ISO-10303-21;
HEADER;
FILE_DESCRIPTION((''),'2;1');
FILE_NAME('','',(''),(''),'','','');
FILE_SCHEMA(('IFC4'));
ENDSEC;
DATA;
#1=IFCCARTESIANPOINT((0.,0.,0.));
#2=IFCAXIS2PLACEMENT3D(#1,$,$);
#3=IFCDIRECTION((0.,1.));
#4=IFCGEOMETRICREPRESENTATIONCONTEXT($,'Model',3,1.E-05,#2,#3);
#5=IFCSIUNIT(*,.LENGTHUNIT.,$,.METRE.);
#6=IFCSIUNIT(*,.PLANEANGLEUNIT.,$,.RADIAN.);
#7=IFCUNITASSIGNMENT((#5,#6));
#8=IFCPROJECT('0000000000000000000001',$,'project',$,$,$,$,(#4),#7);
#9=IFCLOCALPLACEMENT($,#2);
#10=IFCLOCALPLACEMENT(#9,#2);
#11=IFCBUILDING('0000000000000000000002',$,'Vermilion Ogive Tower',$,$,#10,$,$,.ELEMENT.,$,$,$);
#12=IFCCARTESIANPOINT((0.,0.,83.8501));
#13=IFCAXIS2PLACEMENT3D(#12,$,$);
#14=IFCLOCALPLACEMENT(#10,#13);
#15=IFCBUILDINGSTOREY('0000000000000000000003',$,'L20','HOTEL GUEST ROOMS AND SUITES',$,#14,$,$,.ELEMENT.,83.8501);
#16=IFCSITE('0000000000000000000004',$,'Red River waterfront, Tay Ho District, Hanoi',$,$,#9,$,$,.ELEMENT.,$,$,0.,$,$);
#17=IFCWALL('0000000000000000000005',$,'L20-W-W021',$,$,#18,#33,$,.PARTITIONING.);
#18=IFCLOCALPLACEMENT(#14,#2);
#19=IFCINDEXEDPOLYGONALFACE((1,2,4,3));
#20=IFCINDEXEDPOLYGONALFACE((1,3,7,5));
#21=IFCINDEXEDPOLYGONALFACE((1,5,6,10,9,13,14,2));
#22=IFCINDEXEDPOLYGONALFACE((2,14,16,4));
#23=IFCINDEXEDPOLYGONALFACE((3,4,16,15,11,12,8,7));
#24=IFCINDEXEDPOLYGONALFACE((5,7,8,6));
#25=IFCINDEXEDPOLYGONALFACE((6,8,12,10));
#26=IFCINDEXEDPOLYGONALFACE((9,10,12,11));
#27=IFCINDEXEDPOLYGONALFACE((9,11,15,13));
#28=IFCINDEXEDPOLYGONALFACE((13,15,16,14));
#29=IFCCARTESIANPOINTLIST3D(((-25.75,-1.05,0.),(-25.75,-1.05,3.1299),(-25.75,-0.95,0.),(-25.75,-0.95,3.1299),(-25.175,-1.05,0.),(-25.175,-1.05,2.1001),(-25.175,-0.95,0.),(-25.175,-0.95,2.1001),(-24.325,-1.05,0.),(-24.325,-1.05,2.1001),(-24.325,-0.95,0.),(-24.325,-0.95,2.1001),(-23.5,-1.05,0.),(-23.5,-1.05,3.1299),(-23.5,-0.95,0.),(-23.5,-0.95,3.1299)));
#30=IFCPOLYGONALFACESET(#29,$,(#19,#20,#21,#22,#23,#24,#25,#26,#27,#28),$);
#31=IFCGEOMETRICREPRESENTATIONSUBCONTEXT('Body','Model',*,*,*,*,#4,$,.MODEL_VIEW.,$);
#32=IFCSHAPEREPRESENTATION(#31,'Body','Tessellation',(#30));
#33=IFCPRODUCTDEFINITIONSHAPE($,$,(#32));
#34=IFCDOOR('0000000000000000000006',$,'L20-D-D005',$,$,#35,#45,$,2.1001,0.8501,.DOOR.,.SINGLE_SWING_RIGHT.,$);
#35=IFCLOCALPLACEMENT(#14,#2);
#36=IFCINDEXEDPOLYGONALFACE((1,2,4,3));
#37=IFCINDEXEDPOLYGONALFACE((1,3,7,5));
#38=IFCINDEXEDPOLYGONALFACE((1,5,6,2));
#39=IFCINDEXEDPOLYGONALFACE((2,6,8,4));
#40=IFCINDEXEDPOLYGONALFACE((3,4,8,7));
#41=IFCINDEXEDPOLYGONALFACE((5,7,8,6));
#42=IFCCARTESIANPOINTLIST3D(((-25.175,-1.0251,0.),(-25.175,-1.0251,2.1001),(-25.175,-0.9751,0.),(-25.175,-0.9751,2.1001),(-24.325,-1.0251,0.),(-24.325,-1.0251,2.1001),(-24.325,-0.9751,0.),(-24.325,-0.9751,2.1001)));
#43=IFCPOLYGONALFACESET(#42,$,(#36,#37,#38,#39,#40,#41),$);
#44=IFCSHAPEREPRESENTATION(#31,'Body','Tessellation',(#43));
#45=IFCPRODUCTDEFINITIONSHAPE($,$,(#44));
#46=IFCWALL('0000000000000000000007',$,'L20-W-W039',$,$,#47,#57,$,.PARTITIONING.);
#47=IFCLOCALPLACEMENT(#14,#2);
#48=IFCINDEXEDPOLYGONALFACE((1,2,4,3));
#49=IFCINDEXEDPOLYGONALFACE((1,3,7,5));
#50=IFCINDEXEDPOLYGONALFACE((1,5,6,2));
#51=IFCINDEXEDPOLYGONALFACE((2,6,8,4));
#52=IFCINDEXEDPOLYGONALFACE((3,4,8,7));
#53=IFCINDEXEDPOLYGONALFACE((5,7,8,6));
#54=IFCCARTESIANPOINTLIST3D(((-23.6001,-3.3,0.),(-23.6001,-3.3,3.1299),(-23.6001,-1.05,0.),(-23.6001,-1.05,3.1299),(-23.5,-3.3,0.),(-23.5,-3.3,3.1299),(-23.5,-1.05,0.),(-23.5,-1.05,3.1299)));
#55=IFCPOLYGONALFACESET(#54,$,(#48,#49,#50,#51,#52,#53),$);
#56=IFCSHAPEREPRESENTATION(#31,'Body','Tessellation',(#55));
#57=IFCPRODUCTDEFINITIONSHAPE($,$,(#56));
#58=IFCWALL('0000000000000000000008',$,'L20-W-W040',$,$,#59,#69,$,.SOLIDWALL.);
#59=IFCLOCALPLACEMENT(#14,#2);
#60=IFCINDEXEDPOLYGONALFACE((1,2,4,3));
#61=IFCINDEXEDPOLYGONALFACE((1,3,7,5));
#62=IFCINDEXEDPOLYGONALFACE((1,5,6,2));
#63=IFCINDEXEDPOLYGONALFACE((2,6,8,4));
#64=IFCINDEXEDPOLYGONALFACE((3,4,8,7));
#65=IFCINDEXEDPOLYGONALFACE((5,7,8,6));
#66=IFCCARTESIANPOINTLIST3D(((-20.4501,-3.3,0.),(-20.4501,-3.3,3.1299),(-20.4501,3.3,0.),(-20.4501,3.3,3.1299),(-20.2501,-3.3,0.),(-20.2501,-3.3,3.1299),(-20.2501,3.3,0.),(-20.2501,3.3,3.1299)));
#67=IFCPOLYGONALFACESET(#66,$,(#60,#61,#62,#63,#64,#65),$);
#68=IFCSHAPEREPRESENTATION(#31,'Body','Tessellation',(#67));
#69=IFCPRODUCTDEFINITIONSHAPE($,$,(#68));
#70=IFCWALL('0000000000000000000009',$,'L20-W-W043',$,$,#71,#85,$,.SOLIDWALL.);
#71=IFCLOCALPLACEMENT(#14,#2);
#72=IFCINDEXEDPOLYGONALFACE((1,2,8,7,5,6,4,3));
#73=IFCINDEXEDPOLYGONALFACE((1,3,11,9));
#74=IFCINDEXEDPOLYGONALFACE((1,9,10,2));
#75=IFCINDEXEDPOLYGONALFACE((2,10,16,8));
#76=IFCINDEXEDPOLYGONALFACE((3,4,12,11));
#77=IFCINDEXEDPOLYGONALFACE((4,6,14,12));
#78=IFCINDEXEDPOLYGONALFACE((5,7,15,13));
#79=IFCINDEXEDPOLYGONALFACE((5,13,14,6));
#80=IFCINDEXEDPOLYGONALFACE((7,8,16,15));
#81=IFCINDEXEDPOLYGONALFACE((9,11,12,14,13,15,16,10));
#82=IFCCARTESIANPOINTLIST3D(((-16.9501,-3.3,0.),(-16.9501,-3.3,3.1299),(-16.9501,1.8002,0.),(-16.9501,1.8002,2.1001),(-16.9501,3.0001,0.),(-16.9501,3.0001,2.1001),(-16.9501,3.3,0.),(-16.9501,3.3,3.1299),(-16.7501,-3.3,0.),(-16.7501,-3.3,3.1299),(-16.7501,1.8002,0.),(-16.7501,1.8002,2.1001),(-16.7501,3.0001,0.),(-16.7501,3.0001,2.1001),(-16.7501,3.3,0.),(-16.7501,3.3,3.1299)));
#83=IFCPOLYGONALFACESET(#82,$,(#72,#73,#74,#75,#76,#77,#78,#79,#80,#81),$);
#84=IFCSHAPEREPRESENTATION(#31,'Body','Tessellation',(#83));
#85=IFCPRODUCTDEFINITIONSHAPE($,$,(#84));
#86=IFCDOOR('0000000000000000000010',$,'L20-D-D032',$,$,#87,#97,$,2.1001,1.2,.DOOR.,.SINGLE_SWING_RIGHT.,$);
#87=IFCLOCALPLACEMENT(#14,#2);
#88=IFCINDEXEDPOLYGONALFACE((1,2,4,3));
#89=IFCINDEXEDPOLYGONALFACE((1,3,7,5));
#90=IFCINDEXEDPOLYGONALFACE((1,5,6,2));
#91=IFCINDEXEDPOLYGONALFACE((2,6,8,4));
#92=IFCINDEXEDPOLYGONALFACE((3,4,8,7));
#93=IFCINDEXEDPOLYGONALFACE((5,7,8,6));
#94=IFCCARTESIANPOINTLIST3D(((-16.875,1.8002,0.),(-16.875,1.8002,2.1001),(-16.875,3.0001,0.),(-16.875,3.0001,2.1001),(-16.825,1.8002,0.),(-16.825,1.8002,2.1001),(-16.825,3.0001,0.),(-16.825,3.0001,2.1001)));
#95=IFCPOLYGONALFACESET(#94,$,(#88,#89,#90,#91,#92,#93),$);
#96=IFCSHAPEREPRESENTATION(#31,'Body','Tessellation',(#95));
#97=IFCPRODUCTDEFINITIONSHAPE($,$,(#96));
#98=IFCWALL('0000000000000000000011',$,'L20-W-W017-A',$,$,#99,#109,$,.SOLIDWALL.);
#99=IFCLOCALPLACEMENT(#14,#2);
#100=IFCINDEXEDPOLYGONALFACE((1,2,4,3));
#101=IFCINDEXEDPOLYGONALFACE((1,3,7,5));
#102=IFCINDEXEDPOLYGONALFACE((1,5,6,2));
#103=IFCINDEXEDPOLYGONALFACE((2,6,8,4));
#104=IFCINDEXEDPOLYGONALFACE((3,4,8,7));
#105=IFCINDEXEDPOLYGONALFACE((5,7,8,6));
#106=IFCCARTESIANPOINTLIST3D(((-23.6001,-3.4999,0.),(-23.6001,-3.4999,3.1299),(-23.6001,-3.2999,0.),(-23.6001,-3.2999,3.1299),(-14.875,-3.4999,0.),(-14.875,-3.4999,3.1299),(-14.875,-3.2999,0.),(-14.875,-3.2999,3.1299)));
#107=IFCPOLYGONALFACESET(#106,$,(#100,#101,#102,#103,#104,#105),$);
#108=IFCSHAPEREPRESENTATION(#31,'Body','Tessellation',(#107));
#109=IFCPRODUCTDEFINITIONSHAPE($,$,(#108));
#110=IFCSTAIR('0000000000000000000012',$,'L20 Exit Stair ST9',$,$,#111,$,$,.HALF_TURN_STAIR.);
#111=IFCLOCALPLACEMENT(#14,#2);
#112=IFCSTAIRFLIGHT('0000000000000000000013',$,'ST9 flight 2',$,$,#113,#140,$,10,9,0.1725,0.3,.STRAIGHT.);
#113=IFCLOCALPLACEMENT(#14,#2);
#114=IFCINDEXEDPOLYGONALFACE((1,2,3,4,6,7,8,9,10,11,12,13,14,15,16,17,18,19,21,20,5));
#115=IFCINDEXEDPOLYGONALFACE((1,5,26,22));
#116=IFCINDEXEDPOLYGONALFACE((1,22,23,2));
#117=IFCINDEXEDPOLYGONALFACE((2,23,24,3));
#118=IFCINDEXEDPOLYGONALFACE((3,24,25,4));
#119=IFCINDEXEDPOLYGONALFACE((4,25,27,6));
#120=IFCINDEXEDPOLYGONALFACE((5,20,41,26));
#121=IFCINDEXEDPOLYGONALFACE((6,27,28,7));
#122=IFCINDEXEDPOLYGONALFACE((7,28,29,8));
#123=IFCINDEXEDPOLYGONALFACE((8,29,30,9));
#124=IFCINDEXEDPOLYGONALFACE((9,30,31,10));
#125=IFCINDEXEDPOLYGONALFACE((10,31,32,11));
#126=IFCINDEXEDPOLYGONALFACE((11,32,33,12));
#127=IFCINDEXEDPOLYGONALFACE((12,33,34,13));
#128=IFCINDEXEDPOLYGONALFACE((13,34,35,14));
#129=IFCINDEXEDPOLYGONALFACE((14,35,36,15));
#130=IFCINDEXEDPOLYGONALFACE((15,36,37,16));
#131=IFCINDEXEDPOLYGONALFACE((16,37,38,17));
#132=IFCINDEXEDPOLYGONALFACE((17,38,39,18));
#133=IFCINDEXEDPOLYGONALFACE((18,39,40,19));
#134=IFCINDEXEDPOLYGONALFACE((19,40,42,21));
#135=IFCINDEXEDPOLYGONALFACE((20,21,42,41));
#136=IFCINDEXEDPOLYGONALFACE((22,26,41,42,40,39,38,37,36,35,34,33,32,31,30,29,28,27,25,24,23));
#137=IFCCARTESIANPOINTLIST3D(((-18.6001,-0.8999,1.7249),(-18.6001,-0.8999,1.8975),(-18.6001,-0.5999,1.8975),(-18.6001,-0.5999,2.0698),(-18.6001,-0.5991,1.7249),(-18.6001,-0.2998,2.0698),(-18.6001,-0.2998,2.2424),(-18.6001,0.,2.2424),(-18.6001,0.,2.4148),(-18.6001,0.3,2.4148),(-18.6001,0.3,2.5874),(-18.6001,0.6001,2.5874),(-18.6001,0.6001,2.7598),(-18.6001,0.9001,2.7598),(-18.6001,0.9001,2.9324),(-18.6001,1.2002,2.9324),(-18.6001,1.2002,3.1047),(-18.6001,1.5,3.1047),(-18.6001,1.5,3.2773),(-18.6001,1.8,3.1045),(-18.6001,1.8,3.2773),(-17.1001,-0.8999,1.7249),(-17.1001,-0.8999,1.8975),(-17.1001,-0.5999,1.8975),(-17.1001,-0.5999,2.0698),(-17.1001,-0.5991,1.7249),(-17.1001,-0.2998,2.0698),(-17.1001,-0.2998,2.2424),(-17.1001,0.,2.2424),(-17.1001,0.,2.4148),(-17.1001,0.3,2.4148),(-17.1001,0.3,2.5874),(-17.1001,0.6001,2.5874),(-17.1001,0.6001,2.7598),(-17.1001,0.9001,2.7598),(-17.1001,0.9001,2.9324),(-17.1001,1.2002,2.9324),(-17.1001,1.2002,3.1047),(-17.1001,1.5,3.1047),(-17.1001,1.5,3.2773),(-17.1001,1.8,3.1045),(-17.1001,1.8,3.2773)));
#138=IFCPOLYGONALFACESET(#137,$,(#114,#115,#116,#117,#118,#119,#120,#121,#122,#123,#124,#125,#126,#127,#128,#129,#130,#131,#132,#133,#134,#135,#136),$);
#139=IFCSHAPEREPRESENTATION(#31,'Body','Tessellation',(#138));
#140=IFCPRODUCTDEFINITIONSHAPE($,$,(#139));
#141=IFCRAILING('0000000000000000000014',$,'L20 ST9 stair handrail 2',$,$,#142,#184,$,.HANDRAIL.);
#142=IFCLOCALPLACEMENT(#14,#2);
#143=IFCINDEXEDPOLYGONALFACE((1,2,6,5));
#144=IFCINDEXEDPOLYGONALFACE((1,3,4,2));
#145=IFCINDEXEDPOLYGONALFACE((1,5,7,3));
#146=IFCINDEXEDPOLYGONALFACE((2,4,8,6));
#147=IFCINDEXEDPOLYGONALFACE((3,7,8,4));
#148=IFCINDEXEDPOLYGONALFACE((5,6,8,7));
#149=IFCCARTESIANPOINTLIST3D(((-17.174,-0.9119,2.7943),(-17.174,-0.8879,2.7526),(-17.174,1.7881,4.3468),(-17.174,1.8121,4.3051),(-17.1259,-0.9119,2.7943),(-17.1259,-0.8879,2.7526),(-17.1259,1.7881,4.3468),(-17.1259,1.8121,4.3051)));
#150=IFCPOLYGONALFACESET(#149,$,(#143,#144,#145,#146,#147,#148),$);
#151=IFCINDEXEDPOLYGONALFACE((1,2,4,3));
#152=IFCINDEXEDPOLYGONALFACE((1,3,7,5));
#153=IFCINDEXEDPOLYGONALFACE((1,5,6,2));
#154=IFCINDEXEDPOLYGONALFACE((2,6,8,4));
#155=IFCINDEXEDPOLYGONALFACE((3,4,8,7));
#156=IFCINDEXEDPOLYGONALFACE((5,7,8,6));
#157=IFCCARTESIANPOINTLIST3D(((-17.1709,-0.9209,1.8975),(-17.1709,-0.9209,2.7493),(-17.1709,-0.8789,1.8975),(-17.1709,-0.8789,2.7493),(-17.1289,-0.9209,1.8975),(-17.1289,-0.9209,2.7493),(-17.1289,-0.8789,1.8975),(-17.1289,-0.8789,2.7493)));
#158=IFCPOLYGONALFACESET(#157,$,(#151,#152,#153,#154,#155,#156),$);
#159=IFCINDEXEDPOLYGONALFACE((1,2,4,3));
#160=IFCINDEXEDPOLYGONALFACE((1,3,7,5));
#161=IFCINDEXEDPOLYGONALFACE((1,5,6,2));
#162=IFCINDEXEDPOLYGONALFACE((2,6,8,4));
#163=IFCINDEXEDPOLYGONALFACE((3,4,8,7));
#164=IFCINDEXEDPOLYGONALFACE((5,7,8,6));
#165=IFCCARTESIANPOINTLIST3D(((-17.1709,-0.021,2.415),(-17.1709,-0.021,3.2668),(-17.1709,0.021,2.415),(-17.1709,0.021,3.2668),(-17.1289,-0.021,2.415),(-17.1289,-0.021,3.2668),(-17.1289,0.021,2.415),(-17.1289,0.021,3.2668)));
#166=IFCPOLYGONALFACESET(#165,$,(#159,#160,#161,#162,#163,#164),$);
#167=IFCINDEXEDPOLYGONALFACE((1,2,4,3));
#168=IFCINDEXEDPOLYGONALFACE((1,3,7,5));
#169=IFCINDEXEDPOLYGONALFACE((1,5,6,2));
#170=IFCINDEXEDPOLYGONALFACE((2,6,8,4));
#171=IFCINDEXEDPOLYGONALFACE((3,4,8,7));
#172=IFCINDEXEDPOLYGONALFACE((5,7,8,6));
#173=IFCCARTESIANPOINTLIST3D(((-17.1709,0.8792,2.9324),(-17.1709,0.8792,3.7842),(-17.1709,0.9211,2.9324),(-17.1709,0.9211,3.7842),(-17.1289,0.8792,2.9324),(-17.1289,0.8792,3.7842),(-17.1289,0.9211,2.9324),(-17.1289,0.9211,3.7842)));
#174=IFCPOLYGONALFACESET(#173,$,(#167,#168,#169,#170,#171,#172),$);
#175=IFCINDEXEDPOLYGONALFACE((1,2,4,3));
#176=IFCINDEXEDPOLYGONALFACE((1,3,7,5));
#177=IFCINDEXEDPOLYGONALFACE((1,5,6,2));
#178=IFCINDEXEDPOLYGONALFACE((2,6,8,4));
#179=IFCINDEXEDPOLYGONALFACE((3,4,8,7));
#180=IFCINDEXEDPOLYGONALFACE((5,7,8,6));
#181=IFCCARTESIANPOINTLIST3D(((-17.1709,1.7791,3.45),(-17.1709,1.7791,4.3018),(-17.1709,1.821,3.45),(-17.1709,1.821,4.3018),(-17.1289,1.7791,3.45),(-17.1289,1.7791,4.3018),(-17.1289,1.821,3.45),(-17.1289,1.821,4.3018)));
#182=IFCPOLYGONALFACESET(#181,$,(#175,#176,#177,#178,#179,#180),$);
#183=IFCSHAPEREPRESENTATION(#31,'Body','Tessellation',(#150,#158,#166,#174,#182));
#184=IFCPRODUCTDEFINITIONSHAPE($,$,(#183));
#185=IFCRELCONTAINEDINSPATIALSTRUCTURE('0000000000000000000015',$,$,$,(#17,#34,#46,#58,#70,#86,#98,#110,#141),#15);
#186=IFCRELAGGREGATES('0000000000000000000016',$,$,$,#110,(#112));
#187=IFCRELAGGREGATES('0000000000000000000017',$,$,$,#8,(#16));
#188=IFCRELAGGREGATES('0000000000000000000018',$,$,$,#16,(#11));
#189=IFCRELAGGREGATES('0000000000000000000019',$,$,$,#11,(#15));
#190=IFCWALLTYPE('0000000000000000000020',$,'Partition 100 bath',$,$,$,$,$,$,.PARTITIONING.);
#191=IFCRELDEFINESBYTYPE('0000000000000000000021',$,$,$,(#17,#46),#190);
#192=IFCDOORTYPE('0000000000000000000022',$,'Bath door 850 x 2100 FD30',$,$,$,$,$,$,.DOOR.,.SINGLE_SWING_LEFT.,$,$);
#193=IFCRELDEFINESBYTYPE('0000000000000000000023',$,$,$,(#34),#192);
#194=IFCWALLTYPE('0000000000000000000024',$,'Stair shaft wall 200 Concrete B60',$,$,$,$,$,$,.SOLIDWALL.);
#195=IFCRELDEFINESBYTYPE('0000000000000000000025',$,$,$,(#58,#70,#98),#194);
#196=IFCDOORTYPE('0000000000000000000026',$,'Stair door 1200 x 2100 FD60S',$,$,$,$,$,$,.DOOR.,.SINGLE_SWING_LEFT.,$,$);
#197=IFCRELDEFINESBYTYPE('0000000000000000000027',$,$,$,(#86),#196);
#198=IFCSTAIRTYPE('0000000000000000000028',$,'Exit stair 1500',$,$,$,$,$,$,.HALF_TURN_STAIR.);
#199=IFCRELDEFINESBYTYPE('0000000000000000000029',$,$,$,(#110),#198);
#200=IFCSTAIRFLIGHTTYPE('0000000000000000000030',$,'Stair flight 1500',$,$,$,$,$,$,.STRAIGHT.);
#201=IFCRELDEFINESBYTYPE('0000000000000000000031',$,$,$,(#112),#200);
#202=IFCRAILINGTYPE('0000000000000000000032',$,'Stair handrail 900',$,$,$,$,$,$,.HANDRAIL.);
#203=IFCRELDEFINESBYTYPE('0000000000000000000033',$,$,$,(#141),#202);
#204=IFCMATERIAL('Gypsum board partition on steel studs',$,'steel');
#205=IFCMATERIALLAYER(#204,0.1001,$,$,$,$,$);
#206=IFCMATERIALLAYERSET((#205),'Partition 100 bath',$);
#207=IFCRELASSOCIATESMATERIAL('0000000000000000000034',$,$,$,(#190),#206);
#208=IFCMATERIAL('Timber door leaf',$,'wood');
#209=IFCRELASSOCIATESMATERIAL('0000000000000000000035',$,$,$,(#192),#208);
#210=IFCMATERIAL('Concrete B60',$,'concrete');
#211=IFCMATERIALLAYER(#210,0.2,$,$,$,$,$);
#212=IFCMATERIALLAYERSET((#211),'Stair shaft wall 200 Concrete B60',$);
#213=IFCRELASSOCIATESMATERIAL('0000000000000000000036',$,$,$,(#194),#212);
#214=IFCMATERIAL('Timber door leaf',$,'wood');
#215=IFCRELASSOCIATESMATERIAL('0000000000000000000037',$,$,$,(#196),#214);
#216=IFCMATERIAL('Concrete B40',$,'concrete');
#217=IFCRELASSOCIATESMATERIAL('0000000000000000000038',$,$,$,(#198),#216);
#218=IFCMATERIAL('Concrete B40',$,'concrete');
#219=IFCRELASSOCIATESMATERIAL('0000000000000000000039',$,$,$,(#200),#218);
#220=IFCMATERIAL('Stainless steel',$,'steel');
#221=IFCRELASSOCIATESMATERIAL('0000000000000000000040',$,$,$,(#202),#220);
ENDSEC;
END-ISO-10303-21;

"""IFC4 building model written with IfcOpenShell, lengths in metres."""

from ifc_helpers import new_model, si_unit, direction, frame, frame_2d, origin, origin_2d, place, context, subcontext, project, spatial, polyline, rectangle, outline, extrude, material, layer, layer_set, type_object, element, fill, aggregate, save


model = new_model("IFC4")

# Units and contexts
model_context = context("Model", 3, precision=1e-05, world=origin(), true_north=direction((0.0, 1.0)))
body_context = subcontext(model_context, "Body", "Model", "MODEL_VIEW")
ifc_project = project(units=[si_unit("LENGTHUNIT", "METRE"), si_unit("PLANEANGLEUNIT", "RADIAN")], contexts=[model_context])

# Site, building, storey
site_placement = place(None, origin())
site = spatial("IfcSite", under=ifc_project, at=site_placement, Name="Red River waterfront, Tay Ho District, Hanoi", CompositionType="ELEMENT", RefElevation=0.0)
building_placement = place(site_placement, origin())
building = spatial("IfcBuilding", under=site, at=building_placement, Name="Vermilion Ogive Tower", CompositionType="ELEMENT")
storey_placement = place(building_placement, frame((0.0, 0.0, 83.8501)))
storey = spatial("IfcBuildingStorey", under=building, at=storey_placement, Name="L20", Description="HOTEL GUEST ROOMS AND SUITES", CompositionType="ELEMENT", Elevation=83.8501)

# Shared definitions
ifc_material_1 = material(Name="Gypsum board partition on steel studs", Category="steel")
ifc_layer_1 = layer(ifc_material_1, 0.1001)
ifc_layer_set_1 = layer_set([ifc_layer_1], Name="Partition 100 bath")
wall_type_1 = type_object("IfcWallType", Name="Partition 100 bath", PredefinedType="PARTITIONING", material=ifc_layer_set_1)

# Wall, opening, door
wall_1_placement = place(storey_placement, frame((-25.75, -1.0, 0.0), z_axis=(0.0, 0.0, 1.0), x_axis=(1.0, 0.0, 0.0)))
wall_1 = element("IfcWall", 1, at=wall_1_placement, inside=storey, type_object=wall_type_1, Name="L20-W-W021", PredefinedType="PARTITIONING", context=body_context, shape_type="SweptSolid", body=[
    extrude(rectangle(XDim=2.25, YDim=0.1001, at=frame_2d((1.125, 0.0))), origin(), (0.0, 0.0, 1.0), 3.1299),
])
opening_1_placement = place(wall_1_placement, frame((0.575, 0.0, 0.0)))
opening_1 = element("IfcOpeningElement", 2, at=opening_1_placement, cuts=wall_1, PredefinedType="OPENING", context=body_context, shape_type="SweptSolid", body=[
    extrude(rectangle(XDim=0.8501, YDim=2.1001, at=frame_2d((0.425, 1.05))), frame((0.0, 0.0601, 0.0), z_axis=(0.0, -1.0, 0.0), x_axis=(1.0, 0.0, 0.0)), (0.0, 0.0, 1.0), 0.1201),
])
ifc_material_2 = material(Name="Timber door leaf", Category="wood")
door_type_1 = type_object("IfcDoorType", Name="Bath door 850 x 2100 FD30", OperationType="SINGLE_SWING_LEFT", PredefinedType="DOOR", material=ifc_material_2)
door_1_placement = place(opening_1_placement, origin())
door_1 = element("IfcDoor", 3, at=door_1_placement, inside=storey, type_object=door_type_1, Name="L20-D-D005", OperationType="SINGLE_SWING_RIGHT", OverallHeight=2.1001, OverallWidth=0.8501, PredefinedType="DOOR", context=body_context, shape_type="SweptSolid", body=[
    extrude(rectangle(XDim=0.8501, YDim=2.1001, at=frame_2d((0.425, 1.05))), frame((0.0, 0.0249, 0.0), z_axis=(0.0, -1.0, 0.0), x_axis=(1.0, 0.0, 0.0)), (0.0, 0.0, 1.0), 0.05),
])
fill(opening_1, door_1)

# Walls
wall_2_placement = place(storey_placement, frame((-23.55, -3.3, 0.0), z_axis=(0.0, 0.0, 1.0), x_axis=(0.0, 1.0, 0.0)))
element("IfcWall", 4, at=wall_2_placement, inside=storey, type_object=wall_type_1, Name="L20-W-W039", PredefinedType="PARTITIONING", context=body_context, shape_type="SweptSolid", body=[
    extrude(rectangle(XDim=2.25, YDim=0.1001, at=frame_2d((1.125, 0.0))), origin(), (0.0, 0.0, 1.0), 3.1299),
])
ifc_material_3 = material(Name="Concrete B60", Category="concrete")
ifc_layer_2 = layer(ifc_material_3, 0.2)
ifc_layer_set_2 = layer_set([ifc_layer_2], Name="Stair shaft wall 200 Concrete B60")
wall_type_2 = type_object("IfcWallType", Name="Stair shaft wall 200 Concrete B60", PredefinedType="SOLIDWALL", material=ifc_layer_set_2)
wall_3_placement = place(storey_placement, frame((-20.3501, -3.3, 0.0), z_axis=(0.0, 0.0, 1.0), x_axis=(0.0, 1.0, 0.0)))
element("IfcWall", 5, at=wall_3_placement, inside=storey, type_object=wall_type_2, Name="L20-W-W040", PredefinedType="SOLIDWALL", context=body_context, shape_type="SweptSolid", body=[
    extrude(rectangle(XDim=6.6001, YDim=0.2, at=frame_2d((3.3, 0.0))), origin(), (0.0, 0.0, 1.0), 3.1299),
])

# Wall, opening, door
wall_4_placement = place(storey_placement, frame((-16.8501, -3.3, 0.0), z_axis=(0.0, 0.0, 1.0), x_axis=(0.0, 1.0, 0.0)))
wall_4 = element("IfcWall", 6, at=wall_4_placement, inside=storey, type_object=wall_type_2, Name="L20-W-W043", PredefinedType="SOLIDWALL", context=body_context, shape_type="SweptSolid", body=[
    extrude(rectangle(XDim=6.6001, YDim=0.2, at=frame_2d((3.3, 0.0))), origin(), (0.0, 0.0, 1.0), 3.1299),
])
opening_2_placement = place(wall_4_placement, frame((5.1001, 0.0, 0.0)))
opening_2 = element("IfcOpeningElement", 7, at=opening_2_placement, cuts=wall_4, PredefinedType="OPENING", context=body_context, shape_type="SweptSolid", body=[
    extrude(rectangle(XDim=1.2, YDim=2.1001, at=frame_2d((0.6001, 1.05))), frame((0.0, 0.1099, 0.0), z_axis=(0.0, -1.0, 0.0), x_axis=(1.0, 0.0, 0.0)), (0.0, 0.0, 1.0), 0.22),
])
ifc_material_4 = material(Name="Timber door leaf", Category="wood")
door_type_2 = type_object("IfcDoorType", Name="Stair door 1200 x 2100 FD60S", OperationType="SINGLE_SWING_LEFT", PredefinedType="DOOR", material=ifc_material_4)
door_2_placement = place(opening_2_placement, origin())
door_2 = element("IfcDoor", 8, at=door_2_placement, inside=storey, type_object=door_type_2, Name="L20-D-D032", OperationType="SINGLE_SWING_RIGHT", OverallHeight=2.1001, OverallWidth=1.2, PredefinedType="DOOR", context=body_context, shape_type="SweptSolid", body=[
    extrude(rectangle(XDim=1.2, YDim=2.1001, at=frame_2d((0.6001, 1.05))), frame((0.0, 0.0249, 0.0), z_axis=(0.0, -1.0, 0.0), x_axis=(1.0, 0.0, 0.0)), (0.0, 0.0, 1.0), 0.05),
])
fill(opening_2, door_2)

# Wall
wall_5_placement = place(storey_placement, frame((-23.6001, -3.3999, 0.0), z_axis=(0.0, 0.0, 1.0), x_axis=(1.0, 0.0, 0.0)))
element("IfcWall", 9, at=wall_5_placement, inside=storey, type_object=wall_type_2, Name="L20-W-W017-A", PredefinedType="SOLIDWALL", context=body_context, shape_type="SweptSolid", body=[
    extrude(rectangle(XDim=8.7251, YDim=0.2, at=frame_2d((4.3625, 0.0))), origin(), (0.0, 0.0, 1.0), 3.1299),
])

# Stair, stair flight
ifc_material_5 = material(Name="Concrete B40", Category="concrete")
stair_type = type_object("IfcStairType", Name="Exit stair 1500", PredefinedType="HALF_TURN_STAIR", material=ifc_material_5)
stair_placement = place(storey_placement, origin())
stair = element("IfcStair", 10, at=stair_placement, inside=storey, type_object=stair_type, Name="L20 Exit Stair ST9", PredefinedType="HALF_TURN_STAIR")
ifc_material_6 = material(Name="Concrete B40", Category="concrete")
stair_flight_type = type_object("IfcStairFlightType", Name="Stair flight 1500", PredefinedType="STRAIGHT", material=ifc_material_6)
stair_flight_placement = place(storey_placement, frame((-17.8501, -0.8999, 1.7249), z_axis=(0.0, 0.0, 1.0), x_axis=(0.0, 1.0, 0.0)))
stair_flight = element("IfcStairFlight", 11, at=stair_flight_placement, type_object=stair_flight_type, Name="ST9 flight 2", NumberOfRisers=10, NumberOfTreads=9, PredefinedType="STRAIGHT", RiserHeight=0.1725, TreadLength=0.3, context=body_context, shape_type="SweptSolid", body=[
    extrude(outline(polyline([(0.0, 0.0), (0.0, 0.1726), (0.3, 0.1726), (0.3, 0.345), (0.6001, 0.345), (0.6001, 0.5176), (0.8999, 0.5176), (0.8999, 0.6899), (1.2, 0.6899), (1.2, 0.8625), (1.5, 0.8625), (1.5, 1.0349), (1.8, 1.0349), (1.8, 1.2075), (2.1001, 1.2075), (2.1001, 1.3799), (2.3999, 1.3799), (2.3999, 1.5525), (2.7, 1.5525), (2.7, 1.7251), (2.7, 1.3796), (0.3008, 0.0), (0.0, 0.0)])), frame((0.0, 0.75, 0.0), z_axis=(0.0, -1.0, 0.0), x_axis=(1.0, 0.0, 0.0)), (0.0, 0.0, 1.0), 1.5),
])
aggregate(stair, [stair_flight])

# Railing
ifc_material_7 = material(Name="Stainless steel", Category="steel")
railing_type = type_object("IfcRailingType", Name="Stair handrail 900", PredefinedType="HANDRAIL", material=ifc_material_7)
railing_placement = place(storey_placement, frame((-17.1499, -0.8999, 1.8975)))
element("IfcRailing", 12, at=railing_placement, inside=storey, type_object=railing_type, Name="L20 ST9 stair handrail 2", PredefinedType="HANDRAIL", context=body_context, shape_type="SweptSolid", body=[
    extrude(rectangle(XDim=0.0481, YDim=0.0481, at=origin_2d()), frame((0.0, 0.0, 0.876), z_axis=(0.0, 0.866904, 0.498476), x_axis=(-1.0, 0.0, 0.0)), (0.0, 0.0, 1.0), 3.1145),
    extrude(rectangle(XDim=0.042, YDim=0.042, at=origin_2d()), origin(), (0.0, 0.0, 1.0), 0.8518),
    extrude(rectangle(XDim=0.042, YDim=0.042, at=origin_2d()), frame((0.0, 0.8999, 0.5176)), (0.0, 0.0, 1.0), 0.8518),
    extrude(rectangle(XDim=0.042, YDim=0.042, at=origin_2d()), frame((0.0, 1.8, 1.0349)), (0.0, 0.0, 1.0), 0.8518),
    extrude(rectangle(XDim=0.042, YDim=0.042, at=origin_2d()), frame((0.0, 2.7, 1.5525)), (0.0, 0.0, 1.0), 0.8518),
])

save(model, "model.ifc")
